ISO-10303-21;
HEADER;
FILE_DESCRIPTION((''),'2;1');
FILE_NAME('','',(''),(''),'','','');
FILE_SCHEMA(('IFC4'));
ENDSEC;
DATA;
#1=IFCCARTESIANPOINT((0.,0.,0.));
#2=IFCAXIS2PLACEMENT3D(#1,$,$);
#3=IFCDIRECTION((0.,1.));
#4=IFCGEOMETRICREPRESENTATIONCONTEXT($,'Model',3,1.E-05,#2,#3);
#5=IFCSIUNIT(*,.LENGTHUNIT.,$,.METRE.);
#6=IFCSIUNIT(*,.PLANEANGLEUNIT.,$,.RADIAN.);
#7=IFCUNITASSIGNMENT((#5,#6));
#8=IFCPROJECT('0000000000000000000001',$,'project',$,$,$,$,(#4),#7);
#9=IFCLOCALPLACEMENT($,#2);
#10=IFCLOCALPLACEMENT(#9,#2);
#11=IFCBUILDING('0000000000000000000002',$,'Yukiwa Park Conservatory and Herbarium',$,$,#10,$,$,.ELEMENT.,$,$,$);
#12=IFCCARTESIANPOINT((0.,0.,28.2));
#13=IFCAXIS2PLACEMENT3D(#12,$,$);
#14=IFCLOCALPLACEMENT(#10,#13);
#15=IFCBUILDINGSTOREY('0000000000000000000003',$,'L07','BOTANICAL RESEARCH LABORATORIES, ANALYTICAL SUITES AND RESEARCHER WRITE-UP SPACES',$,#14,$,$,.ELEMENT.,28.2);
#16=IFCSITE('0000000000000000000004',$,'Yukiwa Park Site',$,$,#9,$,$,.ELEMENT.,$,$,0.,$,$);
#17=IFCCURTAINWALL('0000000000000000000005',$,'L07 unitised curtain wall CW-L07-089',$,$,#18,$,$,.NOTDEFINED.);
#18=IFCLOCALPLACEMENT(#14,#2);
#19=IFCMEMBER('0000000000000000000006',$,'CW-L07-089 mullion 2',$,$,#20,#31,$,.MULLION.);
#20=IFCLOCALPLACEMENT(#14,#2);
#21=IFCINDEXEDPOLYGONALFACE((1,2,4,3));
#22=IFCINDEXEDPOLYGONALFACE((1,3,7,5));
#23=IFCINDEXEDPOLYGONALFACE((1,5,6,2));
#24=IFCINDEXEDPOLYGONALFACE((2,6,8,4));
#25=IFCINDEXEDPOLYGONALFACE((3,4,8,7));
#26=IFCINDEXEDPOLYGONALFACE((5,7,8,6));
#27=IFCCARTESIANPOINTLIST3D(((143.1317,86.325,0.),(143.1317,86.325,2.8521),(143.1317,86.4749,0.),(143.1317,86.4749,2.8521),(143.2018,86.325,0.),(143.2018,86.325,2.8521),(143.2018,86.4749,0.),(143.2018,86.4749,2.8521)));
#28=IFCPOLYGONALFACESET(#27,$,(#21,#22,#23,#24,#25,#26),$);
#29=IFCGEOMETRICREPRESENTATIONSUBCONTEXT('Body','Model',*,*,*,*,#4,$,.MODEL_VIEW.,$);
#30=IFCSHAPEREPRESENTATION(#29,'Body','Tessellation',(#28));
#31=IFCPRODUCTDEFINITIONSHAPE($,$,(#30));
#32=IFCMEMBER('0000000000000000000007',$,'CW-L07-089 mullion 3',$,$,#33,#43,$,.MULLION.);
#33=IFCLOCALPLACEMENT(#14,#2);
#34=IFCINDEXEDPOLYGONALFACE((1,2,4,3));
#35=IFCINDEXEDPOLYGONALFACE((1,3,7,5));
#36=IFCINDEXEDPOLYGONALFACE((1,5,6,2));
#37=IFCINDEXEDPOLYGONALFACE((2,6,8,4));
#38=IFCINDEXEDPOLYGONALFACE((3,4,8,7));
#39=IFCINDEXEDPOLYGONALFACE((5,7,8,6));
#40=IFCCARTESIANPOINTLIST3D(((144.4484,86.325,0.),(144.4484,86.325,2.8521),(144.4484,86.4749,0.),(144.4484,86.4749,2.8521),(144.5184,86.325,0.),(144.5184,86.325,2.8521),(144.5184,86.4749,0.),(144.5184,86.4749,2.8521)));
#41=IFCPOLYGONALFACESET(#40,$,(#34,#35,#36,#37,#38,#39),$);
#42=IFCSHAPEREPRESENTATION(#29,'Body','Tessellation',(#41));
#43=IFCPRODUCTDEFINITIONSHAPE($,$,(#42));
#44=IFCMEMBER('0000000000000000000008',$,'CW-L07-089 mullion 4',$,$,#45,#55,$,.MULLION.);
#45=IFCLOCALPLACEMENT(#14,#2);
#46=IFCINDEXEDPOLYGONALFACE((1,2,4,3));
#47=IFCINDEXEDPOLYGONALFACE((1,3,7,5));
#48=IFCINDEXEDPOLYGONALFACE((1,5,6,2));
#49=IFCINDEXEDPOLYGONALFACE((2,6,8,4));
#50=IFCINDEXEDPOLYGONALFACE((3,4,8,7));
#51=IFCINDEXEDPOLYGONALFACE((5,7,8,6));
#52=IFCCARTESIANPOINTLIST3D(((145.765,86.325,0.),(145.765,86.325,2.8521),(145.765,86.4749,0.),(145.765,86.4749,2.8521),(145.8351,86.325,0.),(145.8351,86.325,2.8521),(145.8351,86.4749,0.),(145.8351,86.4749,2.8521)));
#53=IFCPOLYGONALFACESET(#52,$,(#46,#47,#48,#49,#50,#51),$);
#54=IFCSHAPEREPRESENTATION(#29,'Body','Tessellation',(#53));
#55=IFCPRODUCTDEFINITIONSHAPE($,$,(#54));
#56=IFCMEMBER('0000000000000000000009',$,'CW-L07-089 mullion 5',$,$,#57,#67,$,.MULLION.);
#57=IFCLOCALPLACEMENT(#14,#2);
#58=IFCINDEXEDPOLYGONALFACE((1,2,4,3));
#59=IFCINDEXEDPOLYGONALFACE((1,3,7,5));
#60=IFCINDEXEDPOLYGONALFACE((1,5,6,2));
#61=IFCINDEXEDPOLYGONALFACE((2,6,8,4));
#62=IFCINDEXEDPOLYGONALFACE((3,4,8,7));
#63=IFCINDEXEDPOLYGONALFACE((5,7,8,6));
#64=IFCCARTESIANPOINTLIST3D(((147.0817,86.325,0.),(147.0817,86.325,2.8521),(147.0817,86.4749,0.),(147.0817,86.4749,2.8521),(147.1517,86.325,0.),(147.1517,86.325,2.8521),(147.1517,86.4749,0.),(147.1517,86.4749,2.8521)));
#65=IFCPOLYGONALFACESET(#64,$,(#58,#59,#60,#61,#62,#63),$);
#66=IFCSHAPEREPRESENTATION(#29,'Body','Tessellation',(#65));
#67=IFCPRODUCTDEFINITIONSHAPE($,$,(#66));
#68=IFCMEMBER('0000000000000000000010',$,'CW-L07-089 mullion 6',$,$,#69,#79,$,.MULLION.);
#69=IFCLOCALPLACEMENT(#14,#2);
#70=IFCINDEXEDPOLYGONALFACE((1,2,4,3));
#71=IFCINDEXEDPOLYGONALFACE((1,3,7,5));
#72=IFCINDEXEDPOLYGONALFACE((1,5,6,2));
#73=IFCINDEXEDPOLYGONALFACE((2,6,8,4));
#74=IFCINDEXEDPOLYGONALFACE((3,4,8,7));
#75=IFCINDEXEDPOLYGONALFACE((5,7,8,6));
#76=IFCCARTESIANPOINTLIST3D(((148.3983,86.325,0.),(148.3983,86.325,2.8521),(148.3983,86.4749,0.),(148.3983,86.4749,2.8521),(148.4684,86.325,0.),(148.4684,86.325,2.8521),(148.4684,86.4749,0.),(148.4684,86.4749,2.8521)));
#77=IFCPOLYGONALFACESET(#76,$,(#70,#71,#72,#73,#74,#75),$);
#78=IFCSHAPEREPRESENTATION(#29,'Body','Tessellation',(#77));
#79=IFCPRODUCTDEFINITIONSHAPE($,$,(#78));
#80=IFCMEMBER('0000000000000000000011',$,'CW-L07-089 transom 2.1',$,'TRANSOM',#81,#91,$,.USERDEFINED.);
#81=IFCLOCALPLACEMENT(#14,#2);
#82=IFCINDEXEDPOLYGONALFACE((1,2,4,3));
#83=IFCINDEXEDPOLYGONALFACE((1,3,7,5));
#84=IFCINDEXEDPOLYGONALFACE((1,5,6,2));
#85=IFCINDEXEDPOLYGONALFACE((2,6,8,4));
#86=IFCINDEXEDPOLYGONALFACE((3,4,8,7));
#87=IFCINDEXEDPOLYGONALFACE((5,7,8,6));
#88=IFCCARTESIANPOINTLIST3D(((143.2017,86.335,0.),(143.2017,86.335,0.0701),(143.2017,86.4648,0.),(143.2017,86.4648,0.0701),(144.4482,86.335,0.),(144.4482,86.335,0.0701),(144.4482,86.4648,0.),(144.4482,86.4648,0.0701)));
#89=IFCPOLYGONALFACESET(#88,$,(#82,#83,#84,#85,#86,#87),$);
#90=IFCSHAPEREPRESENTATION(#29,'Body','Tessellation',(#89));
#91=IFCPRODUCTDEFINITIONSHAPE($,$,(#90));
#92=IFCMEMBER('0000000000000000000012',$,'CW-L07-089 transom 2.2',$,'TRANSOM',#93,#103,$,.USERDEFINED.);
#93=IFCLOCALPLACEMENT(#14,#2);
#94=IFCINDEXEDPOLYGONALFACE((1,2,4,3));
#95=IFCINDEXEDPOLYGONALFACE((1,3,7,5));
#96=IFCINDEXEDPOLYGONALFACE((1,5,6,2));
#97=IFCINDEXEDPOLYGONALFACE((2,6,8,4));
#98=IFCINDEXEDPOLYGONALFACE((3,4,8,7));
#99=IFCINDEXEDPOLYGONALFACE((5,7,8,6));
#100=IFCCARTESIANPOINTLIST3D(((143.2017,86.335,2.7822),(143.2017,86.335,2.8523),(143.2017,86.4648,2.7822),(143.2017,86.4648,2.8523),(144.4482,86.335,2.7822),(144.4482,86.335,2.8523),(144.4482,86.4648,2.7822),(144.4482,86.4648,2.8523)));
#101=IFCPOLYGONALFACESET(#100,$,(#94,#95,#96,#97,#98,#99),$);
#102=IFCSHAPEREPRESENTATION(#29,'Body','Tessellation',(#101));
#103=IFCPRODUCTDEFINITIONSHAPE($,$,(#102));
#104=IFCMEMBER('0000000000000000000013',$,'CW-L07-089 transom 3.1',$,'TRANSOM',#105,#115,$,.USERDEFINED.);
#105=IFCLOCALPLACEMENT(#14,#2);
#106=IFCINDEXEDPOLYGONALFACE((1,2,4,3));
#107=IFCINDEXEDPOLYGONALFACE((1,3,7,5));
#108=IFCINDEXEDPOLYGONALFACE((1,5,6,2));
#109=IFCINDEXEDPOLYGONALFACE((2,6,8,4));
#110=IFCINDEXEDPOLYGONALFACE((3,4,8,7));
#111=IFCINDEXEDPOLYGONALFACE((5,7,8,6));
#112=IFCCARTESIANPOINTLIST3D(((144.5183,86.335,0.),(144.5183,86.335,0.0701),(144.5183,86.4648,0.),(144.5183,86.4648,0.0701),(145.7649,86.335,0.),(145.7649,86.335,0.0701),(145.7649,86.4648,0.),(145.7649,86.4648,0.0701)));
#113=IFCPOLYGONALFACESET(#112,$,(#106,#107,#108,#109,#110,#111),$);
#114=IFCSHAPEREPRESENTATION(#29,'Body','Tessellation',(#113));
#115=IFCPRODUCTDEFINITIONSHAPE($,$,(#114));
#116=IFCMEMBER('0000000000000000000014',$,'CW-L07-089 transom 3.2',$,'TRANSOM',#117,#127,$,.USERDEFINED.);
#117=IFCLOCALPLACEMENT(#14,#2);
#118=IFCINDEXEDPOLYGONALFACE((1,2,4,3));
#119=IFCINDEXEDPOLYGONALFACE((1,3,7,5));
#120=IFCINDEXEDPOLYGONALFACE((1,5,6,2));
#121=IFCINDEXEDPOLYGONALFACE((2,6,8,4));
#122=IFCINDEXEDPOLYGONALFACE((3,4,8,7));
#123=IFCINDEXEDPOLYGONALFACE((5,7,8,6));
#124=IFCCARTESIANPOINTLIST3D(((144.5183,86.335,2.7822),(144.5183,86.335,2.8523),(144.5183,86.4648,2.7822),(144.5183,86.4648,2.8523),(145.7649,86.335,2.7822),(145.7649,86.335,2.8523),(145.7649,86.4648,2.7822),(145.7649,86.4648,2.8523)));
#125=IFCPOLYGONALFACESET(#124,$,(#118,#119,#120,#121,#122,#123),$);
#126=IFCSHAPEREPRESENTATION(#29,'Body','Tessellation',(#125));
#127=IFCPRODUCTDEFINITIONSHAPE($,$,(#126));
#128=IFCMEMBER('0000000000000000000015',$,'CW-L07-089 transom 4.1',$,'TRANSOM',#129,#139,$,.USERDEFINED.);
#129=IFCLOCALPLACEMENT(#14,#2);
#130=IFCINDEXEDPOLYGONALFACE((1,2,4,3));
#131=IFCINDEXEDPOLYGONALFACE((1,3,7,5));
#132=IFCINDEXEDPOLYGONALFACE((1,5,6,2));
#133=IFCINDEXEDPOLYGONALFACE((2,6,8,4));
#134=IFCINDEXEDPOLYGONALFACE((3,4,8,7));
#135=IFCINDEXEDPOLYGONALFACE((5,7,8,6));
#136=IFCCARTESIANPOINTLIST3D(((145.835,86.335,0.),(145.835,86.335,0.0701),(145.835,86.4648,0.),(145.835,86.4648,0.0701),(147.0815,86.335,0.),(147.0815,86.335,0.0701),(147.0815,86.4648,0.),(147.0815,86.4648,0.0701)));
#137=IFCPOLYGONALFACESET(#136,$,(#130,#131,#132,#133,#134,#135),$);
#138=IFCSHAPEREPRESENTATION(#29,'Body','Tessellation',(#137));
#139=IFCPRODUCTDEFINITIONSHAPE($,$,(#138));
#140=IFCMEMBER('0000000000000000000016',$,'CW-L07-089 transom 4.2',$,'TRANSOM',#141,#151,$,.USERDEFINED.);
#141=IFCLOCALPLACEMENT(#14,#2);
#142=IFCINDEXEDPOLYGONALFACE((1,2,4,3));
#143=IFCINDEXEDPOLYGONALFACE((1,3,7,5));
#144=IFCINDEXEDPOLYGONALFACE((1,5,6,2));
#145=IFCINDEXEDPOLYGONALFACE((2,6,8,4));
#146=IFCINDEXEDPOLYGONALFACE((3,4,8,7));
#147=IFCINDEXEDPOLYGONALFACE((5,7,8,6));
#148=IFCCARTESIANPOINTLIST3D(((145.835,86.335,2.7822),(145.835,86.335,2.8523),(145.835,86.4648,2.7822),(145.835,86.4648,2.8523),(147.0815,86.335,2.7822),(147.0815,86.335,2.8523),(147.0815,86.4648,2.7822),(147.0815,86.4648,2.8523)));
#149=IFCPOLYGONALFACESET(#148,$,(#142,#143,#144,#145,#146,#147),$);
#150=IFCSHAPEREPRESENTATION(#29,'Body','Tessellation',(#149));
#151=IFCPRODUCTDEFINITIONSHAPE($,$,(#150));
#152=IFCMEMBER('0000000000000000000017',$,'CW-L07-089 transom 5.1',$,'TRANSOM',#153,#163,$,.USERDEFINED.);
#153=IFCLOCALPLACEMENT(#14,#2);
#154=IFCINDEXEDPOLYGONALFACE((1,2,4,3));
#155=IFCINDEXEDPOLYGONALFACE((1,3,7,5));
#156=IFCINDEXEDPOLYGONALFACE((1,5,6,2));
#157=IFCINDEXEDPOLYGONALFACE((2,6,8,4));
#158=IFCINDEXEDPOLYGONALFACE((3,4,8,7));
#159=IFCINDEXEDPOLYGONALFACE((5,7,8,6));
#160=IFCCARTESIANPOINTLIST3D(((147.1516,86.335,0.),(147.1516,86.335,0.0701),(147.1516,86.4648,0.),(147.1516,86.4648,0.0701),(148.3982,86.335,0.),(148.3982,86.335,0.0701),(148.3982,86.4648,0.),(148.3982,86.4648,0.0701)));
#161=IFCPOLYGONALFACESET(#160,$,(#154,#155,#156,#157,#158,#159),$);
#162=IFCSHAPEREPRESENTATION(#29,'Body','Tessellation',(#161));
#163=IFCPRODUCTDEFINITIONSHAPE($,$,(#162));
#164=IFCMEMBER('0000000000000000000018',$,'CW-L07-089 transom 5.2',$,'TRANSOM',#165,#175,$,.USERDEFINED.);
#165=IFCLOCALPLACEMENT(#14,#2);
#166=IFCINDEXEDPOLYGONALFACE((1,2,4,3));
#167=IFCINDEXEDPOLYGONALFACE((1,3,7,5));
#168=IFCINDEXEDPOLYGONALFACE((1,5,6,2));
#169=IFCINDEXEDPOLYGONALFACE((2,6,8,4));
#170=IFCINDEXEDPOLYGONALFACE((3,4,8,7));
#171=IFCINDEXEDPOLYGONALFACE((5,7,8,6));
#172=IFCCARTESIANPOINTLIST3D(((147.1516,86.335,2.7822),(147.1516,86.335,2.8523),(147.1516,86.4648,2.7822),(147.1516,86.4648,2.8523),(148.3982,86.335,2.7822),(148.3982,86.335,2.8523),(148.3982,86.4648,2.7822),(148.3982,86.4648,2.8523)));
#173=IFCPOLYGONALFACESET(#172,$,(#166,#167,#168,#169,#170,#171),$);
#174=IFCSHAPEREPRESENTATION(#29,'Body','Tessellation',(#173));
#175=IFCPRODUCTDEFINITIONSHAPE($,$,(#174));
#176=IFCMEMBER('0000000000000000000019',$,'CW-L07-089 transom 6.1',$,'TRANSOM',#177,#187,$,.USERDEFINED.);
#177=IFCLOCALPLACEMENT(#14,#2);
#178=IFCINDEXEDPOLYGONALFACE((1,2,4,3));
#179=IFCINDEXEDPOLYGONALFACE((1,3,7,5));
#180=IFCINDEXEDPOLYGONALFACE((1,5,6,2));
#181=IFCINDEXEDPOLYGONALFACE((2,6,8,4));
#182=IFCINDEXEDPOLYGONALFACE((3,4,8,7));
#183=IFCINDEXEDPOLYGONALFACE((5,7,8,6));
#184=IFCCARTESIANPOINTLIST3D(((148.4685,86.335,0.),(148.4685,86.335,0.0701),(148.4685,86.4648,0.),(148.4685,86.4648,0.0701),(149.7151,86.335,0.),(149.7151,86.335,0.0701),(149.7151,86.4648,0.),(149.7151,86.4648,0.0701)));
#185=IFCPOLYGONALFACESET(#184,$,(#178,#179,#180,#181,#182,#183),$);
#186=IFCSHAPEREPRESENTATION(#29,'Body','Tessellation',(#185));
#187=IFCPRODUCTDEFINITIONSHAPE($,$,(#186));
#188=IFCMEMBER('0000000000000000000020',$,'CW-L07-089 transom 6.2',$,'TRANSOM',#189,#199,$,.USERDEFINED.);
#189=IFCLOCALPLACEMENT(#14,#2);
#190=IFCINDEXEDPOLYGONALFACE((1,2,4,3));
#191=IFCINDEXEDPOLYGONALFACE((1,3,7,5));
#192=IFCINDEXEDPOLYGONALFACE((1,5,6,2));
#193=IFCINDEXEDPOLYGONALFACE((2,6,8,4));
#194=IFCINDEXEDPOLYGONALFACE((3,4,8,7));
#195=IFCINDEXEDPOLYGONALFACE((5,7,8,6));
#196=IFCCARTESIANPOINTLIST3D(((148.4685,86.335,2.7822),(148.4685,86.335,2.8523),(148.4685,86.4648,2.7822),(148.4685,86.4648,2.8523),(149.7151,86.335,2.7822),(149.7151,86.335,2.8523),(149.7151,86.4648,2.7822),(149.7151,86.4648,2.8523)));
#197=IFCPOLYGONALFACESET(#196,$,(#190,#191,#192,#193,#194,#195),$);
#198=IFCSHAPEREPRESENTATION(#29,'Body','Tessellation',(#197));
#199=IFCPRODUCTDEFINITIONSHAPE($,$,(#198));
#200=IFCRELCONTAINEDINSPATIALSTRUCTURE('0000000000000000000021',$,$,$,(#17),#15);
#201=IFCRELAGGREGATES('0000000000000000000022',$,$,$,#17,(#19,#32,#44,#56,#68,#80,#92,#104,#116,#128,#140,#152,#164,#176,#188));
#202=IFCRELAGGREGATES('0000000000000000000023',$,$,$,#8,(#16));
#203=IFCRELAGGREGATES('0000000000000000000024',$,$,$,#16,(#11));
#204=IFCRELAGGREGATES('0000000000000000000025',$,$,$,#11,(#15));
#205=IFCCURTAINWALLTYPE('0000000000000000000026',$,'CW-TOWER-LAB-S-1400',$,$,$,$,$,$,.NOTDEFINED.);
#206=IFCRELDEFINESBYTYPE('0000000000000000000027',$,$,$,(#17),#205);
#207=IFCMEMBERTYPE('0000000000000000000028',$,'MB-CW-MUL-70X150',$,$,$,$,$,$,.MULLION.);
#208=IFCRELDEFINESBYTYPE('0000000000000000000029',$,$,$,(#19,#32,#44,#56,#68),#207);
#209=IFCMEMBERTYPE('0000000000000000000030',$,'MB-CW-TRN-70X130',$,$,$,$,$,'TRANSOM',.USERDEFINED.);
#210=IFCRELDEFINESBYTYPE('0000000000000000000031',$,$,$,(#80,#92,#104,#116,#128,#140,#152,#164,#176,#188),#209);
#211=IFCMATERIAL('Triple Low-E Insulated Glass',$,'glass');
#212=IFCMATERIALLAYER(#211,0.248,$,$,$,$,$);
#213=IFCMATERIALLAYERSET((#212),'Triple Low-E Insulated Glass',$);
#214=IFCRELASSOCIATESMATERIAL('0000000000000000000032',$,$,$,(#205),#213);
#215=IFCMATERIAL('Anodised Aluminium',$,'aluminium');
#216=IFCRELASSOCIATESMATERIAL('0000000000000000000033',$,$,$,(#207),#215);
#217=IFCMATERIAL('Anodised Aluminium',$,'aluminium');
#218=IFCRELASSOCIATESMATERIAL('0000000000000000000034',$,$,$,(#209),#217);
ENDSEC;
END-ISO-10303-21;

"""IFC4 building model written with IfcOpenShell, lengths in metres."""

from ifc_helpers import new_model, si_unit, direction, frame, origin, origin_2d, place, context, subcontext, project, spatial, rectangle, extrude, material, layer, layer_set, type_object, element, aggregate, save


model = new_model("IFC4")

# Units and contexts
model_context = context("Model", 3, precision=1e-05, world=origin(), true_north=direction((0.0, 1.0)))
body_context = subcontext(model_context, "Body", "Model", "MODEL_VIEW")
ifc_project = project(units=[si_unit("LENGTHUNIT", "METRE"), si_unit("PLANEANGLEUNIT", "RADIAN")], contexts=[model_context])

# Site, building, storey
site_placement = place(None, origin())
site = spatial("IfcSite", under=ifc_project, at=site_placement, Name="Yukiwa Park Site", CompositionType="ELEMENT", RefElevation=0.0)
building_placement = place(site_placement, origin())
building = spatial("IfcBuilding", under=site, at=building_placement, Name="Yukiwa Park Conservatory and Herbarium", CompositionType="ELEMENT")
storey_placement = place(building_placement, frame((0.0, 0.0, 28.2)))
storey = spatial("IfcBuildingStorey", under=building, at=storey_placement, Name="L07", Description="BOTANICAL RESEARCH LABORATORIES, ANALYTICAL SUITES AND RESEARCHER WRITE-UP SPACES", CompositionType="ELEMENT", Elevation=28.2)

# Curtain wall, members
ifc_material_1 = material(Name="Triple Low-E Insulated Glass", Category="glass")
ifc_layer_1 = layer(ifc_material_1, 0.248)
ifc_layer_set_1 = layer_set([ifc_layer_1], Name="Triple Low-E Insulated Glass")
curtain_wall_type = type_object("IfcCurtainWallType", Name="CW-TOWER-LAB-S-1400", PredefinedType="NOTDEFINED", material=ifc_layer_set_1)
curtain_wall_placement = place(storey_placement, origin())
curtain_wall = element("IfcCurtainWall", 1, at=curtain_wall_placement, inside=storey, type_object=curtain_wall_type, Name="L07 unitised curtain wall CW-L07-089", PredefinedType="NOTDEFINED")
ifc_material_2 = material(Name="Anodised Aluminium", Category="aluminium")
member_type_1 = type_object("IfcMemberType", Name="MB-CW-MUL-70X150", PredefinedType="MULLION", material=ifc_material_2)
member_1_placement = place(storey_placement, frame((143.1667, 86.3999, 0.0), z_axis=(0.0, 0.0, 1.0), x_axis=(1.0, 0.0, 0.0)))
member_1 = element("IfcMember", 2, at=member_1_placement, type_object=member_type_1, Name="CW-L07-089 mullion 2", PredefinedType="MULLION", context=body_context, shape_type="SweptSolid", body=[
    extrude(rectangle(XDim=0.0701, YDim=0.1499, at=origin_2d()), origin(), (0.0, 0.0, 1.0), 2.8521),
])
member_2_placement = place(storey_placement, frame((144.4834, 86.3999, 0.0), z_axis=(0.0, 0.0, 1.0), x_axis=(1.0, 0.0, 0.0)))
member_2 = element("IfcMember", 3, at=member_2_placement, type_object=member_type_1, Name="CW-L07-089 mullion 3", PredefinedType="MULLION", context=body_context, shape_type="SweptSolid", body=[
    extrude(rectangle(XDim=0.0701, YDim=0.1499, at=origin_2d()), origin(), (0.0, 0.0, 1.0), 2.8521),
])
member_3_placement = place(storey_placement, frame((145.8, 86.3999, 0.0), z_axis=(0.0, 0.0, 1.0), x_axis=(1.0, 0.0, 0.0)))
member_3 = element("IfcMember", 4, at=member_3_placement, type_object=member_type_1, Name="CW-L07-089 mullion 4", PredefinedType="MULLION", context=body_context, shape_type="SweptSolid", body=[
    extrude(rectangle(XDim=0.0701, YDim=0.1499, at=origin_2d()), origin(), (0.0, 0.0, 1.0), 2.8521),
])
member_4_placement = place(storey_placement, frame((147.1167, 86.3999, 0.0), z_axis=(0.0, 0.0, 1.0), x_axis=(1.0, 0.0, 0.0)))
member_4 = element("IfcMember", 5, at=member_4_placement, type_object=member_type_1, Name="CW-L07-089 mullion 5", PredefinedType="MULLION", context=body_context, shape_type="SweptSolid", body=[
    extrude(rectangle(XDim=0.0701, YDim=0.1499, at=origin_2d()), origin(), (0.0, 0.0, 1.0), 2.8521),
])
member_5_placement = place(storey_placement, frame((148.4333, 86.3999, 0.0), z_axis=(0.0, 0.0, 1.0), x_axis=(1.0, 0.0, 0.0)))
member_5 = element("IfcMember", 6, at=member_5_placement, type_object=member_type_1, Name="CW-L07-089 mullion 6", PredefinedType="MULLION", context=body_context, shape_type="SweptSolid", body=[
    extrude(rectangle(XDim=0.0701, YDim=0.1499, at=origin_2d()), origin(), (0.0, 0.0, 1.0), 2.8521),
])
ifc_material_3 = material(Name="Anodised Aluminium", Category="aluminium")
member_type_2 = type_object("IfcMemberType", Name="MB-CW-TRN-70X130", ElementType="TRANSOM", PredefinedType="USERDEFINED", material=ifc_material_3)
member_6_placement = place(storey_placement, frame((143.825, 86.3999, 0.0), z_axis=(0.0, 0.0, 1.0), x_axis=(1.0, 0.0, 0.0)))
member_6 = element("IfcMember", 7, at=member_6_placement, type_object=member_type_2, Name="CW-L07-089 transom 2.1", ObjectType="TRANSOM", PredefinedType="USERDEFINED", context=body_context, shape_type="SweptSolid", body=[
    extrude(rectangle(XDim=1.2466, YDim=0.1299, at=origin_2d()), origin(), (0.0, 0.0, 1.0), 0.0701),
])
member_7_placement = place(storey_placement, frame((143.825, 86.3999, 2.7822), z_axis=(0.0, 0.0, 1.0), x_axis=(1.0, 0.0, 0.0)))
member_7 = element("IfcMember", 8, at=member_7_placement, type_object=member_type_2, Name="CW-L07-089 transom 2.2", ObjectType="TRANSOM", PredefinedType="USERDEFINED", context=body_context, shape_type="SweptSolid", body=[
    extrude(rectangle(XDim=1.2466, YDim=0.1299, at=origin_2d()), origin(), (0.0, 0.0, 1.0), 0.0701),
])
member_8_placement = place(storey_placement, frame((145.1416, 86.3999, 0.0), z_axis=(0.0, 0.0, 1.0), x_axis=(1.0, 0.0, 0.0)))
member_8 = element("IfcMember", 9, at=member_8_placement, type_object=member_type_2, Name="CW-L07-089 transom 3.1", ObjectType="TRANSOM", PredefinedType="USERDEFINED", context=body_context, shape_type="SweptSolid", body=[
    extrude(rectangle(XDim=1.2466, YDim=0.1299, at=origin_2d()), origin(), (0.0, 0.0, 1.0), 0.0701),
])
member_9_placement = place(storey_placement, frame((145.1416, 86.3999, 2.7822), z_axis=(0.0, 0.0, 1.0), x_axis=(1.0, 0.0, 0.0)))
member_9 = element("IfcMember", 10, at=member_9_placement, type_object=member_type_2, Name="CW-L07-089 transom 3.2", ObjectType="TRANSOM", PredefinedType="USERDEFINED", context=body_context, shape_type="SweptSolid", body=[
    extrude(rectangle(XDim=1.2466, YDim=0.1299, at=origin_2d()), origin(), (0.0, 0.0, 1.0), 0.0701),
])
member_10_placement = place(storey_placement, frame((146.4583, 86.3999, 0.0), z_axis=(0.0, 0.0, 1.0), x_axis=(1.0, 0.0, 0.0)))
member_10 = element("IfcMember", 11, at=member_10_placement, type_object=member_type_2, Name="CW-L07-089 transom 4.1", ObjectType="TRANSOM", PredefinedType="USERDEFINED", context=body_context, shape_type="SweptSolid", body=[
    extrude(rectangle(XDim=1.2466, YDim=0.1299, at=origin_2d()), origin(), (0.0, 0.0, 1.0), 0.0701),
])
member_11_placement = place(storey_placement, frame((146.4583, 86.3999, 2.7822), z_axis=(0.0, 0.0, 1.0), x_axis=(1.0, 0.0, 0.0)))
member_11 = element("IfcMember", 12, at=member_11_placement, type_object=member_type_2, Name="CW-L07-089 transom 4.2", ObjectType="TRANSOM", PredefinedType="USERDEFINED", context=body_context, shape_type="SweptSolid", body=[
    extrude(rectangle(XDim=1.2466, YDim=0.1299, at=origin_2d()), origin(), (0.0, 0.0, 1.0), 0.0701),
])
member_12_placement = place(storey_placement, frame((147.7749, 86.3999, 0.0), z_axis=(0.0, 0.0, 1.0), x_axis=(1.0, 0.0, 0.0)))
member_12 = element("IfcMember", 13, at=member_12_placement, type_object=member_type_2, Name="CW-L07-089 transom 5.1", ObjectType="TRANSOM", PredefinedType="USERDEFINED", context=body_context, shape_type="SweptSolid", body=[
    extrude(rectangle(XDim=1.2466, YDim=0.1299, at=origin_2d()), origin(), (0.0, 0.0, 1.0), 0.0701),
])
member_13_placement = place(storey_placement, frame((147.7749, 86.3999, 2.7822), z_axis=(0.0, 0.0, 1.0), x_axis=(1.0, 0.0, 0.0)))
member_13 = element("IfcMember", 14, at=member_13_placement, type_object=member_type_2, Name="CW-L07-089 transom 5.2", ObjectType="TRANSOM", PredefinedType="USERDEFINED", context=body_context, shape_type="SweptSolid", body=[
    extrude(rectangle(XDim=1.2466, YDim=0.1299, at=origin_2d()), origin(), (0.0, 0.0, 1.0), 0.0701),
])
member_14_placement = place(storey_placement, frame((149.0918, 86.3999, 0.0), z_axis=(0.0, 0.0, 1.0), x_axis=(1.0, 0.0, 0.0)))
member_14 = element("IfcMember", 15, at=member_14_placement, type_object=member_type_2, Name="CW-L07-089 transom 6.1", ObjectType="TRANSOM", PredefinedType="USERDEFINED", context=body_context, shape_type="SweptSolid", body=[
    extrude(rectangle(XDim=1.2466, YDim=0.1299, at=origin_2d()), origin(), (0.0, 0.0, 1.0), 0.0701),
])
member_15_placement = place(storey_placement, frame((149.0918, 86.3999, 2.7822), z_axis=(0.0, 0.0, 1.0), x_axis=(1.0, 0.0, 0.0)))
member_15 = element("IfcMember", 16, at=member_15_placement, type_object=member_type_2, Name="CW-L07-089 transom 6.2", ObjectType="TRANSOM", PredefinedType="USERDEFINED", context=body_context, shape_type="SweptSolid", body=[
    extrude(rectangle(XDim=1.2466, YDim=0.1299, at=origin_2d()), origin(), (0.0, 0.0, 1.0), 0.0701),
])
aggregate(curtain_wall, [member_1, member_2, member_3, member_4, member_5, member_6, member_7, member_8, member_9, member_10, member_11, member_12, member_13, member_14, member_15])

save(model, "model.ifc")
